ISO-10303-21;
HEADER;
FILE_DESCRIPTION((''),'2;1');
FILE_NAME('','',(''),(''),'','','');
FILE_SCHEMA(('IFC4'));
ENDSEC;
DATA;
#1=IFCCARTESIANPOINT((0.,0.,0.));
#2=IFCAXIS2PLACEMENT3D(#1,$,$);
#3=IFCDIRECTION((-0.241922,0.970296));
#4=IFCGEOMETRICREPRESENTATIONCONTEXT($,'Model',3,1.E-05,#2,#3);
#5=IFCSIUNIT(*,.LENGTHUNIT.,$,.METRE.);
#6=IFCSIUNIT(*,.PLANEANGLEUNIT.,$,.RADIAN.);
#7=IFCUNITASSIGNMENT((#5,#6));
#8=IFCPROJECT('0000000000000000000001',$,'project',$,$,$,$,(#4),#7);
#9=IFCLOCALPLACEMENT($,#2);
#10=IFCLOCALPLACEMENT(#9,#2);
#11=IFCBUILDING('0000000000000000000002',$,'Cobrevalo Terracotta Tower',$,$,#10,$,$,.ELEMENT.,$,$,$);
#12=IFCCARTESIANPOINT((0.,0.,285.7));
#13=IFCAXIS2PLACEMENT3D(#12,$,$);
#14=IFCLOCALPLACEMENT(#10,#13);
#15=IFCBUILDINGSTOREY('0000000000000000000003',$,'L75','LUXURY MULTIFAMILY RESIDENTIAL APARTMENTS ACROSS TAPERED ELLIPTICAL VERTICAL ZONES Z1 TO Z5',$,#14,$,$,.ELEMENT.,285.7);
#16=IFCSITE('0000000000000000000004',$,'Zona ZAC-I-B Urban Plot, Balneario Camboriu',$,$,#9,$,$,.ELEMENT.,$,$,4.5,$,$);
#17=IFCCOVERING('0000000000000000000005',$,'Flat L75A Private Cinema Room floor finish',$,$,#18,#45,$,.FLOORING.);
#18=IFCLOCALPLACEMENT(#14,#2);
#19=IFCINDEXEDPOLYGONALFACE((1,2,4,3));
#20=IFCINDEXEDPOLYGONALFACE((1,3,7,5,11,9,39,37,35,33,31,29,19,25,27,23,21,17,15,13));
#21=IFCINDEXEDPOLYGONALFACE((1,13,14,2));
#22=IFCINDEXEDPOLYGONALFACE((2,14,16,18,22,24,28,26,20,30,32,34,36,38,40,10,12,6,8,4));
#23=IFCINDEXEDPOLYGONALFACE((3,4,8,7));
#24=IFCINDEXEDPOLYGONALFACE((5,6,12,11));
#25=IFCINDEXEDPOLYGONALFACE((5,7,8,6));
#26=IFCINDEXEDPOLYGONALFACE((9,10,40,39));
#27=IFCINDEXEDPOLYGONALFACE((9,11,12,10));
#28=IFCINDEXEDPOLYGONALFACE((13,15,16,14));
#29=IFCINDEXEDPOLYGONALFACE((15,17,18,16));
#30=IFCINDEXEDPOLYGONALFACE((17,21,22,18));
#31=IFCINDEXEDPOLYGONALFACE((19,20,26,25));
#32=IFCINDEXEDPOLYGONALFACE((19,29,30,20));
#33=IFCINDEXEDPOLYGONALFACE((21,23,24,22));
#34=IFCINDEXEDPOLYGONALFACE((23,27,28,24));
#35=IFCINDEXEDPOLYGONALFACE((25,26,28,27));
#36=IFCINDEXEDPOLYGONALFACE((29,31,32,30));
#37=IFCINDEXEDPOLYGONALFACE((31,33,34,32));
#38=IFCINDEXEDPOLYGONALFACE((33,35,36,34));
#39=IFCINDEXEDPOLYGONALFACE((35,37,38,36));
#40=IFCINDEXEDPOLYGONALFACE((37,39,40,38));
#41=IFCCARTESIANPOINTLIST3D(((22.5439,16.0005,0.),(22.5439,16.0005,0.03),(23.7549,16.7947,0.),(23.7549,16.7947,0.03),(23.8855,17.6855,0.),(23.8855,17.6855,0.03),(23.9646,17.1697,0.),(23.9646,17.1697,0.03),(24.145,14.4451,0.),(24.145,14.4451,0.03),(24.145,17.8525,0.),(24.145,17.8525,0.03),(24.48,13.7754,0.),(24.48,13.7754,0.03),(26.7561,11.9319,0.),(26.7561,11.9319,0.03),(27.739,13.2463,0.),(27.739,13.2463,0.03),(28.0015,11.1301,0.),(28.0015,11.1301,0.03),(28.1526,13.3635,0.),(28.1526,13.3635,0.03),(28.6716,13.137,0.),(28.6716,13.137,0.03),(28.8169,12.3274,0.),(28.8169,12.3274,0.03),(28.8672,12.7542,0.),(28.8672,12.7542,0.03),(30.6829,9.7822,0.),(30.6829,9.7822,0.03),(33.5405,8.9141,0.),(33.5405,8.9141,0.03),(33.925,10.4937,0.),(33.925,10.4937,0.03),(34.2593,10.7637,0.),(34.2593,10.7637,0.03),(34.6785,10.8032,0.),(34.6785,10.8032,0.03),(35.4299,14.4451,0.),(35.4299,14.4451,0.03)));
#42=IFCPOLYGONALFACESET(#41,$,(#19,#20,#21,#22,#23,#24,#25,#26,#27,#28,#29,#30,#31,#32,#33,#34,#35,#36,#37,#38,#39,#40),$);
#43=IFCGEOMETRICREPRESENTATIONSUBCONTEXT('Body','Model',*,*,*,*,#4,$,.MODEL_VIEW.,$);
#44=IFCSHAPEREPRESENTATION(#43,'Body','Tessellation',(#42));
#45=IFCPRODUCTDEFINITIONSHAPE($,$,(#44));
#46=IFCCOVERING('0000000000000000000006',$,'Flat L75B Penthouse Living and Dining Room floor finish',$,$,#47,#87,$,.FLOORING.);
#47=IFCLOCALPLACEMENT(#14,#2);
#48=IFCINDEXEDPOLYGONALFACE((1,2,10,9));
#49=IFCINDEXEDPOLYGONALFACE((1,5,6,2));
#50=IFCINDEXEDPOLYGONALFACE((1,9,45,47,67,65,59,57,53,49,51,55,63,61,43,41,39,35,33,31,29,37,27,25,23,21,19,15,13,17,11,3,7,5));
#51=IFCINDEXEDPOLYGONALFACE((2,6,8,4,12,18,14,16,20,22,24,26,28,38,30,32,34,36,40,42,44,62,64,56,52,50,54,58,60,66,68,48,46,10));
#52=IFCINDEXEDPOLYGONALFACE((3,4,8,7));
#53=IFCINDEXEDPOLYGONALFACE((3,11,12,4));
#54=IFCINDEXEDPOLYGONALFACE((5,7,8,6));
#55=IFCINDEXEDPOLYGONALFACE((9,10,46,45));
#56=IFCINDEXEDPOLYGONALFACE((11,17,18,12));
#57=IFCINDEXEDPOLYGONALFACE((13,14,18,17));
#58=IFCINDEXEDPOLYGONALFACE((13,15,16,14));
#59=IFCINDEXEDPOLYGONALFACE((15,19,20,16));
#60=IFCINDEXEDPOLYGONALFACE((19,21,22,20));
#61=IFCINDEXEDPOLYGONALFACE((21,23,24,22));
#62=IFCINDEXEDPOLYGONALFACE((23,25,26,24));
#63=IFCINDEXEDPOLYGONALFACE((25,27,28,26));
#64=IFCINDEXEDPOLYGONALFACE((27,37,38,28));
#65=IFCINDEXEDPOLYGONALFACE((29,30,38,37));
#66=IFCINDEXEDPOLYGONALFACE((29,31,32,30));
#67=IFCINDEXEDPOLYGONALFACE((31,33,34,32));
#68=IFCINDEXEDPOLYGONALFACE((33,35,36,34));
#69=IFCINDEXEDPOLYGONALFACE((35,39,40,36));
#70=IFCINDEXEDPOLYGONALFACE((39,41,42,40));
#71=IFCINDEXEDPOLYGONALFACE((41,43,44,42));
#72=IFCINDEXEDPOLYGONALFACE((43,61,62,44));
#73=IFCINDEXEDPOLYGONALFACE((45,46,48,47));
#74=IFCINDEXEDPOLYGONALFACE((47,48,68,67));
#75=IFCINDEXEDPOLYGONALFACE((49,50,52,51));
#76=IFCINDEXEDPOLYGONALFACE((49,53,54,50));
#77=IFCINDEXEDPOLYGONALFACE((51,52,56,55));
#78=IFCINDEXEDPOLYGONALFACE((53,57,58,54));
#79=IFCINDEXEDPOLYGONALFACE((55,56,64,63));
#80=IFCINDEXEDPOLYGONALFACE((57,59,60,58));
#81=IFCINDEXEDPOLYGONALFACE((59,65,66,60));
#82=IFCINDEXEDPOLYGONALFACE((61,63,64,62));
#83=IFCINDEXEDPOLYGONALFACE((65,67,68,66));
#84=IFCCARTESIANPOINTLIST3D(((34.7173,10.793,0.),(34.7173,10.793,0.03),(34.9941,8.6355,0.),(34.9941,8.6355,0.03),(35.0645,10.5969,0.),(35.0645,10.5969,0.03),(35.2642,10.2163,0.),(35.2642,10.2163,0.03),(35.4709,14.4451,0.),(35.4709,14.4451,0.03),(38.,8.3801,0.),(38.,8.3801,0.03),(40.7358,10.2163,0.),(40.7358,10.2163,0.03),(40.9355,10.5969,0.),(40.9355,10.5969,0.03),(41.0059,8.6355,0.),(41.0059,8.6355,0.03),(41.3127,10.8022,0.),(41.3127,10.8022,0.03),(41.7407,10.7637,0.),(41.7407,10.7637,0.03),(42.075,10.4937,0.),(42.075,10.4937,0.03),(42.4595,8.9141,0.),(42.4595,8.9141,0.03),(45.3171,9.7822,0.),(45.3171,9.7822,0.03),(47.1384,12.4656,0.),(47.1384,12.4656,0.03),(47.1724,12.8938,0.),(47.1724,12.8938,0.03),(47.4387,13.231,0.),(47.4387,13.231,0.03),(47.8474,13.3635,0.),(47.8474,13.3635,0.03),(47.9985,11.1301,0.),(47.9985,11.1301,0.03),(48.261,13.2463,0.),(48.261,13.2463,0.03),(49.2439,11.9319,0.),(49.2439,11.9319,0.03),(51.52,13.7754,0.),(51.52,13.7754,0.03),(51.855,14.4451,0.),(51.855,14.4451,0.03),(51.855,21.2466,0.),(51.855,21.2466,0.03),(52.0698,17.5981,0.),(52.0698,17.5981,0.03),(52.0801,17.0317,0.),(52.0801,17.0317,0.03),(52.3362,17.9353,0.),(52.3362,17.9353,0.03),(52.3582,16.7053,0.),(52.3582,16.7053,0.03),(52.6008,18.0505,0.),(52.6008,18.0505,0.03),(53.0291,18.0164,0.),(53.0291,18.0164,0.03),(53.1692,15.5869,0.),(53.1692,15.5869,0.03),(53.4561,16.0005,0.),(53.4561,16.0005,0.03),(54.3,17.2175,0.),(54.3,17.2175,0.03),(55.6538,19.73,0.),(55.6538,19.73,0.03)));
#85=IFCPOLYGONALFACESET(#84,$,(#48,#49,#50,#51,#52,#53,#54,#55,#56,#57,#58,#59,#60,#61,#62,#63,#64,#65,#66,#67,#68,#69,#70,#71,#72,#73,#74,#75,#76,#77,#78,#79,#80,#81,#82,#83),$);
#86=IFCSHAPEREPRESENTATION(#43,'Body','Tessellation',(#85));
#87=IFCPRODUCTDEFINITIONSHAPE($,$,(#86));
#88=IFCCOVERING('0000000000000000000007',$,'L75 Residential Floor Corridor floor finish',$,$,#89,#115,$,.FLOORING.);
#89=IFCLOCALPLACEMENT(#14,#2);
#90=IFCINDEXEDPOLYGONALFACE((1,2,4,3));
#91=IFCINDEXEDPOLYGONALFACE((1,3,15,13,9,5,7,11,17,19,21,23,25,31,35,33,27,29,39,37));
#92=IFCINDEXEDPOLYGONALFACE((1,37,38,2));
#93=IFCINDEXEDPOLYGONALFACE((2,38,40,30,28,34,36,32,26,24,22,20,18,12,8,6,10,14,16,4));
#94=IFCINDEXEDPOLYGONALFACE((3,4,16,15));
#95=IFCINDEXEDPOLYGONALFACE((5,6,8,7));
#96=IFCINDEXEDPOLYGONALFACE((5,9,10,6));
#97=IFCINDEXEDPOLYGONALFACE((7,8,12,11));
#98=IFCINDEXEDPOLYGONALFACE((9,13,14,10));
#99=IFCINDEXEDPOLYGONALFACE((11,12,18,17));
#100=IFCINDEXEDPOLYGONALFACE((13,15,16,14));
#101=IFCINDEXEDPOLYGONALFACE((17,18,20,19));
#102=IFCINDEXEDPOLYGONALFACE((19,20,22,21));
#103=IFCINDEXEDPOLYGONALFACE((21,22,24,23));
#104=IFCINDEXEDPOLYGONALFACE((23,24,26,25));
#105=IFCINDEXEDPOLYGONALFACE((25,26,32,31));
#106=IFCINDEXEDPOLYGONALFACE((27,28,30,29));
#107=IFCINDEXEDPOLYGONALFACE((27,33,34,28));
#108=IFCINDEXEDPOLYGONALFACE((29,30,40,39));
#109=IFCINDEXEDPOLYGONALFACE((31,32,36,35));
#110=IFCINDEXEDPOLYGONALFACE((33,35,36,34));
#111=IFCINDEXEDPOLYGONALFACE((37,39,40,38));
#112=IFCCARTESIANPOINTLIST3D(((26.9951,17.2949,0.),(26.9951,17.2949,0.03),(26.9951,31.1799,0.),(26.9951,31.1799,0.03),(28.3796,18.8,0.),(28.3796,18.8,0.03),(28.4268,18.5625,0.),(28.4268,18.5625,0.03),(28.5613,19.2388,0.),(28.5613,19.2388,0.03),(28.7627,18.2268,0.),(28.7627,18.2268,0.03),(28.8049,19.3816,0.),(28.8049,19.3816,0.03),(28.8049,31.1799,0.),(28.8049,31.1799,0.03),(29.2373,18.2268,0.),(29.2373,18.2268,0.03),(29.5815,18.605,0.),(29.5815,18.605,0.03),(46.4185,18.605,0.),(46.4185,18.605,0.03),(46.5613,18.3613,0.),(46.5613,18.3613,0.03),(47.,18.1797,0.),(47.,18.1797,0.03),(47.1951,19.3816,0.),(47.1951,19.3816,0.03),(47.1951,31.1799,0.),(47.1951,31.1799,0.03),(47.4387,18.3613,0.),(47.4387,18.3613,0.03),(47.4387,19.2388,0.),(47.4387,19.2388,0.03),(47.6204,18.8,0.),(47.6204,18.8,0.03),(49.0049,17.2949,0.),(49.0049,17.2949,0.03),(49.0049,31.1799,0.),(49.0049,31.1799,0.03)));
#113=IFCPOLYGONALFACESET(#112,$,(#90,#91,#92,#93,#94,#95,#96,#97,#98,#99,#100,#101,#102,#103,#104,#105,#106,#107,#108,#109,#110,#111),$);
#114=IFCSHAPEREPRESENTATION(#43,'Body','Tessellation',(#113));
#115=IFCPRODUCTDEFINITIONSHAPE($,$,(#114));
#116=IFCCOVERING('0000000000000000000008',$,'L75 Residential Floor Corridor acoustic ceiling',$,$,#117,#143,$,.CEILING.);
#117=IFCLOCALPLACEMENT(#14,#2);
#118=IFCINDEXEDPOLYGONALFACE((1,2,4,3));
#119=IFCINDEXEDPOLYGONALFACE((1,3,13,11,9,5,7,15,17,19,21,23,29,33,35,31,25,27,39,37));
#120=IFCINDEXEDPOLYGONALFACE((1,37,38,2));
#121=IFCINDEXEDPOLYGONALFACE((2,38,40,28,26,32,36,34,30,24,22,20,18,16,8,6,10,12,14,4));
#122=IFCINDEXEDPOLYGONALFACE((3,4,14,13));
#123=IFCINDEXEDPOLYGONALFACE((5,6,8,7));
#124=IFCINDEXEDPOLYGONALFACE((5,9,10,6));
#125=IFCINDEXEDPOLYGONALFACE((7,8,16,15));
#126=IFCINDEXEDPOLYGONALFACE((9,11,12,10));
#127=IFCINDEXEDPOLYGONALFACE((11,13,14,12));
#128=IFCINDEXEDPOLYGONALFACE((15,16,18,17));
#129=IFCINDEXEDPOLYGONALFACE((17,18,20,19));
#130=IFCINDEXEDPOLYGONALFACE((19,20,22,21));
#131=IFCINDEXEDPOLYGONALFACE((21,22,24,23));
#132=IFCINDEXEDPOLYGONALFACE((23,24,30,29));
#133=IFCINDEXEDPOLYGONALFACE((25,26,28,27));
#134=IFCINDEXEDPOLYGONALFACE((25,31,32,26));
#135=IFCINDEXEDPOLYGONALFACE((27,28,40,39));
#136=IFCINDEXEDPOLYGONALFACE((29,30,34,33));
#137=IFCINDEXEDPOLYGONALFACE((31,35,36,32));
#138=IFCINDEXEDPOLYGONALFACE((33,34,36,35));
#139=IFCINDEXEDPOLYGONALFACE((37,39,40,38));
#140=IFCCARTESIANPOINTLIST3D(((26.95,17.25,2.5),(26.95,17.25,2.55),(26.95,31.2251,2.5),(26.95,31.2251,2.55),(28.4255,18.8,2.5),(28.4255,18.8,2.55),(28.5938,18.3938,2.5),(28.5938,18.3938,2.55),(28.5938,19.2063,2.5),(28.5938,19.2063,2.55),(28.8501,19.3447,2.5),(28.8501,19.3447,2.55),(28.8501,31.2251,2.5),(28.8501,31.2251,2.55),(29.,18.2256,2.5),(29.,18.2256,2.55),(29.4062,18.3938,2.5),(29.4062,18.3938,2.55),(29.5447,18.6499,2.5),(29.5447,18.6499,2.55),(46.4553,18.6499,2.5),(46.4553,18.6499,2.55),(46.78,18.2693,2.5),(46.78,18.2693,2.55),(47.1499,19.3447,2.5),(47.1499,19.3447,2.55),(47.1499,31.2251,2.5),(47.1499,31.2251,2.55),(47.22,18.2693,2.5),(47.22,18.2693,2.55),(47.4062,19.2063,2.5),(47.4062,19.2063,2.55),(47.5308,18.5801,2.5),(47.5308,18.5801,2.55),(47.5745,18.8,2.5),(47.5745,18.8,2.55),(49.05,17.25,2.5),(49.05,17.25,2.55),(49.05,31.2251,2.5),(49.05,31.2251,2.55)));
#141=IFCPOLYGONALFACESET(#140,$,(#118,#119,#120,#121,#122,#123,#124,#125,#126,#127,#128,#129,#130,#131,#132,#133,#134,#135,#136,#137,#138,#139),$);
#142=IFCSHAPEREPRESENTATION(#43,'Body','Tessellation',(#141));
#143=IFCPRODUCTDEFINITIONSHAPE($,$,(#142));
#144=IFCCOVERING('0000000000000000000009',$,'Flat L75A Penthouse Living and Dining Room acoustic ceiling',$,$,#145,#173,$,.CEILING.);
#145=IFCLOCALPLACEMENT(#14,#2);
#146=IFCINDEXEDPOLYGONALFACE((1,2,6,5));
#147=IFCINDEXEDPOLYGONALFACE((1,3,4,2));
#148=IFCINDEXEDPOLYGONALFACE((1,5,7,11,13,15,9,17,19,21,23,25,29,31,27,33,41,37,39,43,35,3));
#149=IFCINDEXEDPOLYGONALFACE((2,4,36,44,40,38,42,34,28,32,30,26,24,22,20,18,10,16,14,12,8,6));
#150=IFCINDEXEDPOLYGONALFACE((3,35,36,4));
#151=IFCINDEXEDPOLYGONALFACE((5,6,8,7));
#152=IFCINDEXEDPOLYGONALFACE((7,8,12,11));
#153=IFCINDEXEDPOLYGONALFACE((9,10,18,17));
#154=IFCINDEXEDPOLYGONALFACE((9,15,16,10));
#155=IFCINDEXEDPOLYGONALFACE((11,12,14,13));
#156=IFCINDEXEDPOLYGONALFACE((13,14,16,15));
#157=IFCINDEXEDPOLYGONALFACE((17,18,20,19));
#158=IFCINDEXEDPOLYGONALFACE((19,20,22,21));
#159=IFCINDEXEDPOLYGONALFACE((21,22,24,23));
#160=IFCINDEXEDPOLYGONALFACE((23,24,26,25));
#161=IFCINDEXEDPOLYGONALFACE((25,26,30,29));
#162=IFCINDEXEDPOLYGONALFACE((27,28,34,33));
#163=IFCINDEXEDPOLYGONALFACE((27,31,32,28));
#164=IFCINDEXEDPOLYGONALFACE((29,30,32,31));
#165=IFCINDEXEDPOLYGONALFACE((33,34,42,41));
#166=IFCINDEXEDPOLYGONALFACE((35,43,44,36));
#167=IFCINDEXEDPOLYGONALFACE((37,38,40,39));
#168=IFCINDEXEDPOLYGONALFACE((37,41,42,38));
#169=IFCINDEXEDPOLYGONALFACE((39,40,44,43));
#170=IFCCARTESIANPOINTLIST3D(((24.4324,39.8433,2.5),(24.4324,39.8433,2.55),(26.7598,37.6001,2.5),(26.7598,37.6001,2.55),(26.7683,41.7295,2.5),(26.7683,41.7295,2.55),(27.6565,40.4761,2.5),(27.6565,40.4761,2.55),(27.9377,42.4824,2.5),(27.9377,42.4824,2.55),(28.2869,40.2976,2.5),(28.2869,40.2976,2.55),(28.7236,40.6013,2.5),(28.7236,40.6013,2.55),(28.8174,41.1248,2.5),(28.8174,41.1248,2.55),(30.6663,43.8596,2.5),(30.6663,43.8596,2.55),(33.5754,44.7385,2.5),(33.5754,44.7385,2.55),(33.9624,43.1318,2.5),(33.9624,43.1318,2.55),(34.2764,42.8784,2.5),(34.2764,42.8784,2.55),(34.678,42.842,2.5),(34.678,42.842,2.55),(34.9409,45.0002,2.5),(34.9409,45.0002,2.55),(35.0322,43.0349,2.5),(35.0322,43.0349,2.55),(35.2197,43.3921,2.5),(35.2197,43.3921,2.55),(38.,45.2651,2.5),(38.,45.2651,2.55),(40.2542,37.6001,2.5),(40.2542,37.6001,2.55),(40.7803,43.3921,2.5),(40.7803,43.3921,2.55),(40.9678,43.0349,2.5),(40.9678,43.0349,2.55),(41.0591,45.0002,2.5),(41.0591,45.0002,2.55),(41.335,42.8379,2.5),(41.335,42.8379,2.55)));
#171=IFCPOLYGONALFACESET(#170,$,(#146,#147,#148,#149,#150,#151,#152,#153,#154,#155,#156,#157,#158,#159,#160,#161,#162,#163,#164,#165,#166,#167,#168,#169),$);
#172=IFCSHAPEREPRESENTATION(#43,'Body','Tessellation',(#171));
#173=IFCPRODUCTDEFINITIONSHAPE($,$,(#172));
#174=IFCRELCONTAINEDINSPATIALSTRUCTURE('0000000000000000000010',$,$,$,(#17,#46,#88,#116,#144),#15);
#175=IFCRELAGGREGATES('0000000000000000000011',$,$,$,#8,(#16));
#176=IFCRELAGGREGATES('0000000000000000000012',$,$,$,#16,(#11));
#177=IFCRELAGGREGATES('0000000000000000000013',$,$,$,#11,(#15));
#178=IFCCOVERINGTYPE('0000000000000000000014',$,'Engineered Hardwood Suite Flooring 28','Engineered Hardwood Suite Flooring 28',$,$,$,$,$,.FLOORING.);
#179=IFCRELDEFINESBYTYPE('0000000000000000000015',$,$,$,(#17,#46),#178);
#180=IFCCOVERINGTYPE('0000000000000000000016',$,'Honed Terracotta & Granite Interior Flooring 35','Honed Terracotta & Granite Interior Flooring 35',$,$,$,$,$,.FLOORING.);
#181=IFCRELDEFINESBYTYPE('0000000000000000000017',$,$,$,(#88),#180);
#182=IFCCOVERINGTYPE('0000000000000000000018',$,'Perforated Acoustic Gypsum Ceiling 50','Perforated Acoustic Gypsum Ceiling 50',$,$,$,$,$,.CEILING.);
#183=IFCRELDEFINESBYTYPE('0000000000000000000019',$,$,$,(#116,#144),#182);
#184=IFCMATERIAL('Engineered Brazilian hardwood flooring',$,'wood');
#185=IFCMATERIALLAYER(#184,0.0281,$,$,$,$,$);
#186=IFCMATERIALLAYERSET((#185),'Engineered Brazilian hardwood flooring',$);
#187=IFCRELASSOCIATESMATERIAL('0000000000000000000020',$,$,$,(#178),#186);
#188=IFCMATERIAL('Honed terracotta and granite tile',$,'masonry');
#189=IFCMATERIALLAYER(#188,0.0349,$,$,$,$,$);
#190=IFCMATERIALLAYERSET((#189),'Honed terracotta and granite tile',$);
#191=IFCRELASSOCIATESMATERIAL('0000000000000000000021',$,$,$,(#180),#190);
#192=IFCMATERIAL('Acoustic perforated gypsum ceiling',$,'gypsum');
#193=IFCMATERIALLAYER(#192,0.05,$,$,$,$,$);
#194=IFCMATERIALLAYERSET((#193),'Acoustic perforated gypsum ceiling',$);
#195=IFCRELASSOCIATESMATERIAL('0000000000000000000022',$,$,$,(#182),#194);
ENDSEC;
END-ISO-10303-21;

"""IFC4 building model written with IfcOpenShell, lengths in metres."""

from ifc_helpers import new_model, si_unit, direction, frame, origin, place, context, subcontext, project, spatial, polyline, outline, extrude, material, layer, layer_set, type_object, element, save


model = new_model("IFC4")

# Units and contexts
model_context = context("Model", 3, precision=1e-05, world=origin(), true_north=direction((-0.241922, 0.970296)))
body_context = subcontext(model_context, "Body", "Model", "MODEL_VIEW")
ifc_project = project(units=[si_unit("LENGTHUNIT", "METRE"), si_unit("PLANEANGLEUNIT", "RADIAN")], contexts=[model_context])

# Site, building, storey
site_placement = place(None, origin())
site = spatial("IfcSite", under=ifc_project, at=site_placement, Name="Zona ZAC-I-B Urban Plot, Balneario Camboriu", CompositionType="ELEMENT", RefElevation=4.5)
building_placement = place(site_placement, origin())
building = spatial("IfcBuilding", under=site, at=building_placement, Name="Cobrevalo Terracotta Tower", CompositionType="ELEMENT")
storey_placement = place(building_placement, frame((0.0, 0.0, 285.7)))
storey = spatial("IfcBuildingStorey", under=building, at=storey_placement, Name="L75", Description="LUXURY MULTIFAMILY RESIDENTIAL APARTMENTS ACROSS TAPERED ELLIPTICAL VERTICAL ZONES Z1 TO Z5", CompositionType="ELEMENT", Elevation=285.7)

# Coverings
ifc_material_1 = material(Name="Engineered Brazilian hardwood flooring", Category="wood")
ifc_layer_1 = layer(ifc_material_1, 0.0281)
ifc_layer_set_1 = layer_set([ifc_layer_1], Name="Engineered Brazilian hardwood flooring")
covering_type_1 = type_object("IfcCoveringType", Name="Engineered Hardwood Suite Flooring 28", Description="Engineered Hardwood Suite Flooring 28", PredefinedType="FLOORING", material=ifc_layer_set_1)
covering_1_placement = place(storey_placement, origin())
element("IfcCovering", 1, at=covering_1_placement, inside=storey, type_object=covering_type_1, Name="Flat L75A Private Cinema Room floor finish", PredefinedType="FLOORING", context=body_context, shape_type="SweptSolid", body=[
    extrude(outline(polyline([(28.0015, 11.1301), (28.8169, 12.3274), (28.8672, 12.7542), (28.6716, 13.137), (28.1526, 13.3635), (27.739, 13.2463), (26.7561, 11.9319), (24.48, 13.7754), (22.5439, 16.0005), (23.7549, 16.7947), (23.9646, 17.1697), (23.8855, 17.6855), (24.145, 17.8525), (24.145, 14.4451), (35.4299, 14.4451), (34.6785, 10.8032), (34.2593, 10.7637), (33.925, 10.4937), (33.5405, 8.9141), (30.6829, 9.7822), (28.0015, 11.1301)])), origin(), (0.0, 0.0, 1.0), 0.03),
])
covering_2_placement = place(storey_placement, origin())
element("IfcCovering", 2, at=covering_2_placement, inside=storey, type_object=covering_type_1, Name="Flat L75B Penthouse Living and Dining Room floor finish", PredefinedType="FLOORING", context=body_context, shape_type="SweptSolid", body=[
    extrude(outline(polyline([(54.3, 17.2175), (53.0291, 18.0164), (52.6008, 18.0505), (52.3362, 17.9353), (52.0698, 17.5981), (52.0801, 17.0317), (52.3582, 16.7053), (53.4561, 16.0005), (53.1692, 15.5869), (51.52, 13.7754), (49.2439, 11.9319), (48.261, 13.2463), (47.8474, 13.3635), (47.4387, 13.231), (47.1724, 12.8938), (47.1384, 12.4656), (47.9985, 11.1301), (45.3171, 9.7822), (42.4595, 8.9141), (42.075, 10.4937), (41.7407, 10.7637), (41.3127, 10.8022), (40.9355, 10.5969), (40.7358, 10.2163), (41.0059, 8.6355), (38.0, 8.3801), (34.9941, 8.6355), (35.2642, 10.2163), (35.0645, 10.5969), (34.7173, 10.793), (35.4709, 14.4451), (51.855, 14.4451), (51.855, 21.2466), (55.6538, 19.73), (54.3, 17.2175)])), origin(), (0.0, 0.0, 1.0), 0.03),
])
ifc_material_2 = material(Name="Honed terracotta and granite tile", Category="masonry")
ifc_layer_2 = layer(ifc_material_2, 0.0349)
ifc_layer_set_2 = layer_set([ifc_layer_2], Name="Honed terracotta and granite tile")
covering_type_2 = type_object("IfcCoveringType", Name="Honed Terracotta & Granite Interior Flooring 35", Description="Honed Terracotta & Granite Interior Flooring 35", PredefinedType="FLOORING", material=ifc_layer_set_2)
covering_3_placement = place(storey_placement, origin())
element("IfcCovering", 3, at=covering_3_placement, inside=storey, type_object=covering_type_2, Name="L75 Residential Floor Corridor floor finish", PredefinedType="FLOORING", context=body_context, shape_type="SweptSolid", body=[
    extrude(outline(polyline([(26.9951, 31.1799), (28.8049, 31.1799), (28.8049, 19.3816), (28.5613, 19.2388), (28.3796, 18.8), (28.4268, 18.5625), (28.7627, 18.2268), (29.2373, 18.2268), (29.5815, 18.605), (46.4185, 18.605), (46.5613, 18.3613), (47.0, 18.1797), (47.4387, 18.3613), (47.6204, 18.8), (47.4387, 19.2388), (47.1951, 19.3816), (47.1951, 31.1799), (49.0049, 31.1799), (49.0049, 17.2949), (26.9951, 17.2949), (26.9951, 31.1799)])), origin(), (0.0, 0.0, 1.0), 0.03),
])
ifc_material_3 = material(Name="Acoustic perforated gypsum ceiling", Category="gypsum")
ifc_layer_3 = layer(ifc_material_3, 0.05)
ifc_layer_set_3 = layer_set([ifc_layer_3], Name="Acoustic perforated gypsum ceiling")
covering_type_3 = type_object("IfcCoveringType", Name="Perforated Acoustic Gypsum Ceiling 50", Description="Perforated Acoustic Gypsum Ceiling 50", PredefinedType="CEILING", material=ifc_layer_set_3)
covering_4_placement = place(storey_placement, frame((0.0, 0.0, 2.5)))
element("IfcCovering", 4, at=covering_4_placement, inside=storey, type_object=covering_type_3, Name="L75 Residential Floor Corridor acoustic ceiling", PredefinedType="CEILING", context=body_context, shape_type="SweptSolid", body=[
    extrude(outline(polyline([(26.95, 31.2251), (28.8501, 31.2251), (28.8501, 19.3447), (28.5938, 19.2063), (28.4255, 18.8), (28.5938, 18.3938), (29.0, 18.2256), (29.4062, 18.3938), (29.5447, 18.6499), (46.4553, 18.6499), (46.78, 18.2693), (47.22, 18.2693), (47.5308, 18.5801), (47.5745, 18.8), (47.4062, 19.2063), (47.1499, 19.3447), (47.1499, 31.2251), (49.05, 31.2251), (49.05, 17.25), (26.95, 17.25), (26.95, 31.2251)])), origin(), (0.0, 0.0, 1.0), 0.05),
])
covering_5_placement = place(storey_placement, frame((0.0, 0.0, 2.5)))
element("IfcCovering", 5, at=covering_5_placement, inside=storey, type_object=covering_type_3, Name="Flat L75A Penthouse Living and Dining Room acoustic ceiling", PredefinedType="CEILING", context=body_context, shape_type="SweptSolid", body=[
    extrude(outline(polyline([(26.7683, 41.7295), (27.6565, 40.4761), (28.2869, 40.2976), (28.7236, 40.6013), (28.8174, 41.1248), (27.9377, 42.4824), (30.6663, 43.8596), (33.5754, 44.7385), (33.9624, 43.1318), (34.2764, 42.8784), (34.678, 42.842), (35.0322, 43.0349), (35.2197, 43.3921), (34.9409, 45.0002), (38.0, 45.2651), (41.0591, 45.0002), (40.7803, 43.3921), (40.9678, 43.0349), (41.335, 42.8379), (40.2542, 37.6001), (26.7598, 37.6001), (24.4324, 39.8433), (26.7683, 41.7295)])), origin(), (0.0, 0.0, 1.0), 0.05),
])

save(model, "model.ifc")
